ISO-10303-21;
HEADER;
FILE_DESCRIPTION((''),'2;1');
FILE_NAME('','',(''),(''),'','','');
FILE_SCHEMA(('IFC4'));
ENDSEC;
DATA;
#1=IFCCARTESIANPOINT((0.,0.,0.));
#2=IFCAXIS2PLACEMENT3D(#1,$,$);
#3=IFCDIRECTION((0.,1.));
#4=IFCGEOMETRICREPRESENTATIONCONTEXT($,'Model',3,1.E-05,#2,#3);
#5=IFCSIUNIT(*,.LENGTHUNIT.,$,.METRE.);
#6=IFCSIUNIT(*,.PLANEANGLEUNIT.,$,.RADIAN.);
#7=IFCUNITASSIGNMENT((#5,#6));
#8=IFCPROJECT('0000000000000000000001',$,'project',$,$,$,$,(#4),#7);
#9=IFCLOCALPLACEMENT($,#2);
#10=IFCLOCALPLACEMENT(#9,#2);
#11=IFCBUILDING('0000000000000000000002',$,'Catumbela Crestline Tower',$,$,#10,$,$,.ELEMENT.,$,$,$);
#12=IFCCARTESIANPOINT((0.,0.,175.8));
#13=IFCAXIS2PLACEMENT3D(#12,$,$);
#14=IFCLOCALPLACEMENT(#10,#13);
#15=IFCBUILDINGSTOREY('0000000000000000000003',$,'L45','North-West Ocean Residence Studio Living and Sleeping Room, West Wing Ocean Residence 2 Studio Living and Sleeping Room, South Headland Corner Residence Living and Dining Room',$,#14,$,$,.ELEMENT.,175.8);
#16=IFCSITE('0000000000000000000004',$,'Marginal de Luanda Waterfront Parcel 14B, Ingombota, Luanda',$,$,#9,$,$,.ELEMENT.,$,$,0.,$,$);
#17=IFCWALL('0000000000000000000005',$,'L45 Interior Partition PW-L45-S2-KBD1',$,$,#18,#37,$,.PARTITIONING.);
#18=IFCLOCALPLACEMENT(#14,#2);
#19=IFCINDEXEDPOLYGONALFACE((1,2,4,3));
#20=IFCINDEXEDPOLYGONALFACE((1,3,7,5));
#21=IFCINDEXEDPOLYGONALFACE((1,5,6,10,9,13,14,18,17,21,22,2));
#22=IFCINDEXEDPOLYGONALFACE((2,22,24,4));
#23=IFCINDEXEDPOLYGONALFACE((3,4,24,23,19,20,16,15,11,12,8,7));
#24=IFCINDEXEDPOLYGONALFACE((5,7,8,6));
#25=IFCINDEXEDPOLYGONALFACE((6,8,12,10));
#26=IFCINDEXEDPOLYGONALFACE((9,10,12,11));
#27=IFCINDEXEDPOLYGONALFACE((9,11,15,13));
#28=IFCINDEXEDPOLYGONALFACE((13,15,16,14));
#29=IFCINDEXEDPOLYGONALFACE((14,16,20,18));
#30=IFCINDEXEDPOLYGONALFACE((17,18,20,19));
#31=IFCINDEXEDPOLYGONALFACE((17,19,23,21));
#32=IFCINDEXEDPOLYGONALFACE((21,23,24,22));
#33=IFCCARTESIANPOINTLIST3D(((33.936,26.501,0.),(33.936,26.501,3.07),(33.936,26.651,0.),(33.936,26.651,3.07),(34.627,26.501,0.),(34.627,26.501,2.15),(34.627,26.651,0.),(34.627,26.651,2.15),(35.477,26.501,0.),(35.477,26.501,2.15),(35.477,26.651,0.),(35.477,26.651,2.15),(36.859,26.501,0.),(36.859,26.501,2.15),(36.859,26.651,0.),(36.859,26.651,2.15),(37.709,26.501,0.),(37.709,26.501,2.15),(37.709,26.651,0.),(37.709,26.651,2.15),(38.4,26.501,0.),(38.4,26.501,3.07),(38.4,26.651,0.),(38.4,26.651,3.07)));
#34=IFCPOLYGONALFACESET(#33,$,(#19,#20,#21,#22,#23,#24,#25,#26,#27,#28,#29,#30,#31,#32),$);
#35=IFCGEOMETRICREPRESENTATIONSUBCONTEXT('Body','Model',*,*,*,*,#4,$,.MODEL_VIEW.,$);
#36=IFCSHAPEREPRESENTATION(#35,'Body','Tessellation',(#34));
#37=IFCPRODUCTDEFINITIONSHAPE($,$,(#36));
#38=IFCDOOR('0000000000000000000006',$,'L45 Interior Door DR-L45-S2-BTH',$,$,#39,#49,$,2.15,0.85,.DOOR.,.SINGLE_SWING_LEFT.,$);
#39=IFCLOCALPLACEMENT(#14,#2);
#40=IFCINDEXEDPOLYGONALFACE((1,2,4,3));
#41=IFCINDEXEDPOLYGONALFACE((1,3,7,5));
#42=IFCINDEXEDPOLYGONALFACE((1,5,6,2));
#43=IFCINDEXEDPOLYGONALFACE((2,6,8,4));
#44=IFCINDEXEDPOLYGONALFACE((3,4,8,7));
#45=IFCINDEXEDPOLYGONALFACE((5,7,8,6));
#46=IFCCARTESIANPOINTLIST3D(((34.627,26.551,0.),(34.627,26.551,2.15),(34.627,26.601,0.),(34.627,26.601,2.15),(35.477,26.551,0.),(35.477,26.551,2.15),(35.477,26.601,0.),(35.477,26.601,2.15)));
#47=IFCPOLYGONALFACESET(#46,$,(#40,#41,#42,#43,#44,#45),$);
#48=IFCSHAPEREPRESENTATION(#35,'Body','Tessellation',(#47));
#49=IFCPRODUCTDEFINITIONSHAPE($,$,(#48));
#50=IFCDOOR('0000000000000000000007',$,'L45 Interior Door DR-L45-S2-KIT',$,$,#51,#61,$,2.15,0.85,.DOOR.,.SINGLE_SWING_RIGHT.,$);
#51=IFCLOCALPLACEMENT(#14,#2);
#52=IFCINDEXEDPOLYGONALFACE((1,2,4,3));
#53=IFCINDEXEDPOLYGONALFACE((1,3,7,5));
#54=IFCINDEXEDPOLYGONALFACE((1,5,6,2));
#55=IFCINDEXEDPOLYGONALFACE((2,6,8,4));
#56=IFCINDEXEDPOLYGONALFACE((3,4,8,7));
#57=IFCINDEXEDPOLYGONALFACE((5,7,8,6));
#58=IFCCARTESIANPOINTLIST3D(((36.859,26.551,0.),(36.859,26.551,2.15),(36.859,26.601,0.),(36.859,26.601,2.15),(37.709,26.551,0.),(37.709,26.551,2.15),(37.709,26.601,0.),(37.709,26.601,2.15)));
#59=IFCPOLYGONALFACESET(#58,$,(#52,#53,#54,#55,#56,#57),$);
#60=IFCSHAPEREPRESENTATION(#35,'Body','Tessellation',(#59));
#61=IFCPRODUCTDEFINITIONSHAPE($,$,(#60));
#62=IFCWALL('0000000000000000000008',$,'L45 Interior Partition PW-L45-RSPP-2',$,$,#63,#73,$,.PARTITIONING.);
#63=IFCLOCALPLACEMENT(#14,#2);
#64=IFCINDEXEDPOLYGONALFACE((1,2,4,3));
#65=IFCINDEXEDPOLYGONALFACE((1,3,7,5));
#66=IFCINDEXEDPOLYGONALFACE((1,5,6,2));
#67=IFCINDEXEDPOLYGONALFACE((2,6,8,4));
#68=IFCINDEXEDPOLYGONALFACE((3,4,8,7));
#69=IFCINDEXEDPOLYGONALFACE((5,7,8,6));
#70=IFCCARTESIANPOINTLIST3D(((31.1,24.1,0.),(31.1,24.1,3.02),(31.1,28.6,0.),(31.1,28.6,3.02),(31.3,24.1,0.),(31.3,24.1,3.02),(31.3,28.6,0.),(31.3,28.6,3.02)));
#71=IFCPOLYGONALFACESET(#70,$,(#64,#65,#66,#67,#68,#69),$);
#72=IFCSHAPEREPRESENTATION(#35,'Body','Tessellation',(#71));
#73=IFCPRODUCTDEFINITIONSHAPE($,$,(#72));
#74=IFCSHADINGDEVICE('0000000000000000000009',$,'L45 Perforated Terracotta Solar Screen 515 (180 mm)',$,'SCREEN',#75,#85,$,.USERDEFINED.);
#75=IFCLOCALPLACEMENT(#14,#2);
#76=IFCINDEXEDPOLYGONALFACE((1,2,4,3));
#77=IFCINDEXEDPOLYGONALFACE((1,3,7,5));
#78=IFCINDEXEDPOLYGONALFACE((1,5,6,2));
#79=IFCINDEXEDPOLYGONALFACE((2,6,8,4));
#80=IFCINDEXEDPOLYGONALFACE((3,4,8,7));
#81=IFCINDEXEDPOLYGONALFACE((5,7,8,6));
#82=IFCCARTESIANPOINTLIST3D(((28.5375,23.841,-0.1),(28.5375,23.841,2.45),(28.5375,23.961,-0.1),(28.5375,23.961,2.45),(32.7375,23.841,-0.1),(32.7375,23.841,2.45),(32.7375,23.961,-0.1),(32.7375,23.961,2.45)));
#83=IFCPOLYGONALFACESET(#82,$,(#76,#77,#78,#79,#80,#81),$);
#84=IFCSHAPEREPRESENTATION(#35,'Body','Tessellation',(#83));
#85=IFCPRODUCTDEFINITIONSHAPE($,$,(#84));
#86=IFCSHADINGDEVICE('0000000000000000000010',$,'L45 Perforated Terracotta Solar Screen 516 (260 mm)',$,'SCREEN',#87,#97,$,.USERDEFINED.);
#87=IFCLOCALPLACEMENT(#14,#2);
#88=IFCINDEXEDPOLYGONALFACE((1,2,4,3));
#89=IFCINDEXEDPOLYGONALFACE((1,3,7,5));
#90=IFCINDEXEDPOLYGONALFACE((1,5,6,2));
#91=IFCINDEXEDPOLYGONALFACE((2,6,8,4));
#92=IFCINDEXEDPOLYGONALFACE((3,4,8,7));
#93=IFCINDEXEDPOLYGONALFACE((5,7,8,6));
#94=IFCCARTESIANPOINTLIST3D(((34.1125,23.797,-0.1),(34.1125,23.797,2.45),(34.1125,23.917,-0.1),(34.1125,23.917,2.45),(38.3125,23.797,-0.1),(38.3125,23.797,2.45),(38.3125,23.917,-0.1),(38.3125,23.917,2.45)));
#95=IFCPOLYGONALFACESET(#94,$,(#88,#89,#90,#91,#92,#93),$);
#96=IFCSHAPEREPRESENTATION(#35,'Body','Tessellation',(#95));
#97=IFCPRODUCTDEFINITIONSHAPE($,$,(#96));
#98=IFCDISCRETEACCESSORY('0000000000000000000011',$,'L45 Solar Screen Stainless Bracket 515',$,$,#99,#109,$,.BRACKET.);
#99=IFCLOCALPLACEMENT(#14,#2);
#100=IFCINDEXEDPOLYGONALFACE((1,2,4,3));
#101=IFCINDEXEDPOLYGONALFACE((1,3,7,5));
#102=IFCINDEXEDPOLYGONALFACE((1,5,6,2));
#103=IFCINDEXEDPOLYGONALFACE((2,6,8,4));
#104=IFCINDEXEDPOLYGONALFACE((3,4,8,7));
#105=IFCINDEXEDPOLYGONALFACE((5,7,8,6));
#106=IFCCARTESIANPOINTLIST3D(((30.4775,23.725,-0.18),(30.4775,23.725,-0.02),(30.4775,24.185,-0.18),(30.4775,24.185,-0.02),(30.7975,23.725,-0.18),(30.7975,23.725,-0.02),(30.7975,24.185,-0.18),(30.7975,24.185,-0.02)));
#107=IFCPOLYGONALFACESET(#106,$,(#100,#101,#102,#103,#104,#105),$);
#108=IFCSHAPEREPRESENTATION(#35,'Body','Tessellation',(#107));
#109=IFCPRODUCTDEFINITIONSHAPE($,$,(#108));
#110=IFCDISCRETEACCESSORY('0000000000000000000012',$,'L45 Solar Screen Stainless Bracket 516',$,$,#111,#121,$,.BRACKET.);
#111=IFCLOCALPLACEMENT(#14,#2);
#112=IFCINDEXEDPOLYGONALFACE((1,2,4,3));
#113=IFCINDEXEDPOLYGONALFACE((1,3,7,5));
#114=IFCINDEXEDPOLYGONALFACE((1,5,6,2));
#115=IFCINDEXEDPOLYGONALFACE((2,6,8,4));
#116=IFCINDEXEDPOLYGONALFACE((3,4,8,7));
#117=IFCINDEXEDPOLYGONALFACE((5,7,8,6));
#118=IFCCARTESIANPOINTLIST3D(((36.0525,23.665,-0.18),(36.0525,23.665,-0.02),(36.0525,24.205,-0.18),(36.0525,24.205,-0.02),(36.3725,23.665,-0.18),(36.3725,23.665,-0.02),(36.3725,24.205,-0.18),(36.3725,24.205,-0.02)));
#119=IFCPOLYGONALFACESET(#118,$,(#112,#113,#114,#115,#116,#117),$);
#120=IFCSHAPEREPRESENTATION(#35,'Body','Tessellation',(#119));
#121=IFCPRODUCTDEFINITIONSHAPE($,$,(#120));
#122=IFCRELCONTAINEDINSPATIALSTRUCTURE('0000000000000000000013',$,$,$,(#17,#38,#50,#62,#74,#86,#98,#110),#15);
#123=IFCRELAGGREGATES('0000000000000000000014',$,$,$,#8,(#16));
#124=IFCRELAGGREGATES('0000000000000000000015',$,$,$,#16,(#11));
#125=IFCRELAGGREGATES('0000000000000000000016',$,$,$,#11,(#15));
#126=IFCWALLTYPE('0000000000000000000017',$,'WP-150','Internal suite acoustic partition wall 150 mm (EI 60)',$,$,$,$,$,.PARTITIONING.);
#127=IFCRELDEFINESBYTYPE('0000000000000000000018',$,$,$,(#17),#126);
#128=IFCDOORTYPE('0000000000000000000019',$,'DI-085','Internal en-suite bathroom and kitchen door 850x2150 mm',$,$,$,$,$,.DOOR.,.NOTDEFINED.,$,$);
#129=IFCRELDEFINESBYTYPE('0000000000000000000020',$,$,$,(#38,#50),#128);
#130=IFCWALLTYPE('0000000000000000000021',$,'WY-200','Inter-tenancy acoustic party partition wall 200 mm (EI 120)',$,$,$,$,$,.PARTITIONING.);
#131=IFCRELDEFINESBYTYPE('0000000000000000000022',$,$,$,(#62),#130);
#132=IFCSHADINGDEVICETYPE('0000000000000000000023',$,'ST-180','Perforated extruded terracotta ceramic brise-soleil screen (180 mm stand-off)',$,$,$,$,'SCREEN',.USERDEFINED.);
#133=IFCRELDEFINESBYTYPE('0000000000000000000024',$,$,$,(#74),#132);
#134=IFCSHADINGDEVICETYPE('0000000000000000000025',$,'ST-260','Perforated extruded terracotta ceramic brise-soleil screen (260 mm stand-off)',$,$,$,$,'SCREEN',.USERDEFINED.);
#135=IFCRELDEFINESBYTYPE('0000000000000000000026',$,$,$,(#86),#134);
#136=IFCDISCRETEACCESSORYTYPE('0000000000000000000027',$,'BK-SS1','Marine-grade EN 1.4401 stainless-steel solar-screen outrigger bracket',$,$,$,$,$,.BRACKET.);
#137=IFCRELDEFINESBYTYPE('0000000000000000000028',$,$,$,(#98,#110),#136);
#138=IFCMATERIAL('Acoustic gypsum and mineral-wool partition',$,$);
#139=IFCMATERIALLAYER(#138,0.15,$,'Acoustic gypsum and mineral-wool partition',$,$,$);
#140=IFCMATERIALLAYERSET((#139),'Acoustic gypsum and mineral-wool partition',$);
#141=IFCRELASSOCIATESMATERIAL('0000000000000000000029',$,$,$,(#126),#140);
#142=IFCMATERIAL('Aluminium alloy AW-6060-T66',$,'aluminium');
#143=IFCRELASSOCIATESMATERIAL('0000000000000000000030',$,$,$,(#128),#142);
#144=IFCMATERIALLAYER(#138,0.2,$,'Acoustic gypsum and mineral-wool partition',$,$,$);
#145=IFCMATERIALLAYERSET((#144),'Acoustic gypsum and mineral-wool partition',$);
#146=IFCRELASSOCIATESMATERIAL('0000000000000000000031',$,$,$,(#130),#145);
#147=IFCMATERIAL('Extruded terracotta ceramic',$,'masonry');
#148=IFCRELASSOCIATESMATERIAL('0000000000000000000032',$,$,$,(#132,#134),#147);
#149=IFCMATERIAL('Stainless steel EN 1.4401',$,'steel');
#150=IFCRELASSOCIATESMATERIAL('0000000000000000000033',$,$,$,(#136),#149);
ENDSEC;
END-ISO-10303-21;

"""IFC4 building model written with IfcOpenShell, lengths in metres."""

from ifc_helpers import new_model, si_unit, direction, frame, frame_2d, origin, origin_2d, place, context, subcontext, project, spatial, rectangle, extrude, material, layer, layer_set, type_object, element, fill, save


model = new_model("IFC4")

# Units and contexts
model_context = context("Model", 3, precision=1e-05, world=origin(), true_north=direction((0.0, 1.0)))
body_context = subcontext(model_context, "Body", "Model", "MODEL_VIEW")
ifc_project = project(units=[si_unit("LENGTHUNIT", "METRE"), si_unit("PLANEANGLEUNIT", "RADIAN")], contexts=[model_context])

# Site, building, storey
site_placement = place(None, origin())
site = spatial("IfcSite", under=ifc_project, at=site_placement, Name="Marginal de Luanda Waterfront Parcel 14B, Ingombota, Luanda", CompositionType="ELEMENT", RefElevation=0.0)
building_placement = place(site_placement, origin())
building = spatial("IfcBuilding", under=site, at=building_placement, Name="Catumbela Crestline Tower", CompositionType="ELEMENT")
storey_placement = place(building_placement, frame((0.0, 0.0, 175.8)))
storey = spatial("IfcBuildingStorey", under=building, at=storey_placement, Name="L45", Description="North-West Ocean Residence Studio Living and Sleeping Room, West Wing Ocean Residence 2 Studio Living and Sleeping Room, South Headland Corner Residence Living and Dining Room", CompositionType="ELEMENT", Elevation=175.8)

# Shared definitions
ifc_material_1 = material(Name="Aluminium alloy AW-6060-T66", Category="aluminium")

# Shared definitions
ifc_material_2 = material(Name="Acoustic gypsum and mineral-wool partition")
ifc_layer_1 = layer(ifc_material_2, 0.15, Name="Acoustic gypsum and mineral-wool partition")
ifc_layer_set_1 = layer_set([ifc_layer_1], Name="Acoustic gypsum and mineral-wool partition")
wall_type_1 = type_object("IfcWallType", Name="WP-150", Description="Internal suite acoustic partition wall 150 mm (EI 60)", PredefinedType="PARTITIONING", material=ifc_layer_set_1)

# Wall, openings, doors
wall_1_placement = place(storey_placement, frame((33.936, 26.576, 0.0), z_axis=(0.0, 0.0, 1.0), x_axis=(1.0, 0.0, 0.0)))
wall_1 = element("IfcWall", 1, at=wall_1_placement, inside=storey, type_object=wall_type_1, Name="L45 Interior Partition PW-L45-S2-KBD1", PredefinedType="PARTITIONING", context=body_context, shape_type="SweptSolid", body=[
    extrude(rectangle(XDim=4.464, YDim=0.15, at=frame_2d((2.232, 0.0))), origin(), (0.0, 0.0, 1.0), 3.07),
])
opening_1_placement = place(wall_1_placement, frame((0.691, 0.0, 0.0)))
opening_1 = element("IfcOpeningElement", 2, at=opening_1_placement, cuts=wall_1, PredefinedType="OPENING", context=body_context, shape_type="SweptSolid", body=[
    extrude(rectangle(XDim=0.85, YDim=2.15, at=frame_2d((0.425, 1.075))), frame((0.0, 0.085, 0.0), z_axis=(0.0, -1.0, 0.0), x_axis=(1.0, 0.0, 0.0)), (0.0, 0.0, 1.0), 0.17),
])
opening_2_placement = place(wall_1_placement, frame((2.923, 0.0, 0.0)))
opening_2 = element("IfcOpeningElement", 3, at=opening_2_placement, cuts=wall_1, PredefinedType="OPENING", context=body_context, shape_type="SweptSolid", body=[
    extrude(rectangle(XDim=0.85, YDim=2.15, at=frame_2d((0.425, 1.075))), frame((0.0, 0.085, 0.0), z_axis=(0.0, -1.0, 0.0), x_axis=(1.0, 0.0, 0.0)), (0.0, 0.0, 1.0), 0.17),
])
door_type = type_object("IfcDoorType", Name="DI-085", Description="Internal en-suite bathroom and kitchen door 850x2150 mm", OperationType="NOTDEFINED", PredefinedType="DOOR", material=ifc_material_1)
door_1_placement = place(opening_1_placement, origin())
door_1 = element("IfcDoor", 4, at=door_1_placement, inside=storey, type_object=door_type, Name="L45 Interior Door DR-L45-S2-BTH", OperationType="SINGLE_SWING_LEFT", OverallHeight=2.15, OverallWidth=0.85, PredefinedType="DOOR", context=body_context, shape_type="SweptSolid", body=[
    extrude(rectangle(XDim=0.85, YDim=2.15, at=frame_2d((0.425, 1.075))), frame((0.0, 0.025, 0.0), z_axis=(0.0, -1.0, 0.0), x_axis=(1.0, 0.0, 0.0)), (0.0, 0.0, 1.0), 0.05),
])
fill(opening_1, door_1)
door_2_placement = place(opening_2_placement, origin())
door_2 = element("IfcDoor", 5, at=door_2_placement, inside=storey, type_object=door_type, Name="L45 Interior Door DR-L45-S2-KIT", OperationType="SINGLE_SWING_RIGHT", OverallHeight=2.15, OverallWidth=0.85, PredefinedType="DOOR", context=body_context, shape_type="SweptSolid", body=[
    extrude(rectangle(XDim=0.85, YDim=2.15, at=frame_2d((0.425, 1.075))), frame((0.0, 0.025, 0.0), z_axis=(0.0, -1.0, 0.0), x_axis=(1.0, 0.0, 0.0)), (0.0, 0.0, 1.0), 0.05),
])
fill(opening_2, door_2)

# Wall
ifc_layer_2 = layer(ifc_material_2, 0.2, Name="Acoustic gypsum and mineral-wool partition")
ifc_layer_set_2 = layer_set([ifc_layer_2], Name="Acoustic gypsum and mineral-wool partition")
wall_type_2 = type_object("IfcWallType", Name="WY-200", Description="Inter-tenancy acoustic party partition wall 200 mm (EI 120)", PredefinedType="PARTITIONING", material=ifc_layer_set_2)
wall_2_placement = place(storey_placement, frame((31.2, 24.1, 0.0), z_axis=(0.0, 0.0, 1.0), x_axis=(0.0, 1.0, 0.0)))
element("IfcWall", 6, at=wall_2_placement, inside=storey, type_object=wall_type_2, Name="L45 Interior Partition PW-L45-RSPP-2", PredefinedType="PARTITIONING", context=body_context, shape_type="SweptSolid", body=[
    extrude(rectangle(XDim=4.5, YDim=0.2, at=frame_2d((2.25, 0.0))), origin(), (0.0, 0.0, 1.0), 3.02),
])

# Shading devices
ifc_material_3 = material(Name="Extruded terracotta ceramic", Category="masonry")
shading_device_type_1 = type_object("IfcShadingDeviceType", Name="ST-180", Description="Perforated extruded terracotta ceramic brise-soleil screen (180 mm stand-off)", ElementType="SCREEN", PredefinedType="USERDEFINED", material=ifc_material_3)
shading_device_1_placement = place(storey_placement, frame((30.6375, 23.901, -0.1), z_axis=(0.0, 0.0, 1.0), x_axis=(1.0, 0.0, 0.0)))
element("IfcShadingDevice", 7, at=shading_device_1_placement, inside=storey, type_object=shading_device_type_1, Name="L45 Perforated Terracotta Solar Screen 515 (180 mm)", ObjectType="SCREEN", PredefinedType="USERDEFINED", context=body_context, shape_type="SweptSolid", body=[
    extrude(rectangle(XDim=4.2, YDim=0.12, at=origin_2d()), origin(), (0.0, 0.0, 1.0), 2.55),
])
shading_device_type_2 = type_object("IfcShadingDeviceType", Name="ST-260", Description="Perforated extruded terracotta ceramic brise-soleil screen (260 mm stand-off)", ElementType="SCREEN", PredefinedType="USERDEFINED", material=ifc_material_3)
shading_device_2_placement = place(storey_placement, frame((36.2125, 23.857, -0.1), z_axis=(0.0, 0.0, 1.0), x_axis=(1.0, 0.0, 0.0)))
element("IfcShadingDevice", 8, at=shading_device_2_placement, inside=storey, type_object=shading_device_type_2, Name="L45 Perforated Terracotta Solar Screen 516 (260 mm)", ObjectType="SCREEN", PredefinedType="USERDEFINED", context=body_context, shape_type="SweptSolid", body=[
    extrude(rectangle(XDim=4.2, YDim=0.12, at=origin_2d()), origin(), (0.0, 0.0, 1.0), 2.55),
])

# Discrete accessories
ifc_material_4 = material(Name="Stainless steel EN 1.4401", Category="steel")
discrete_accessory_type = type_object("IfcDiscreteAccessoryType", Name="BK-SS1", Description="Marine-grade EN 1.4401 stainless-steel solar-screen outrigger bracket", PredefinedType="BRACKET", material=ifc_material_4)
discrete_accessory_1_placement = place(storey_placement, frame((30.6375, 23.955, -0.18), z_axis=(0.0, 0.0, 1.0), x_axis=(1.0, 0.0, 0.0)))
element("IfcDiscreteAccessory", 9, at=discrete_accessory_1_placement, inside=storey, type_object=discrete_accessory_type, Name="L45 Solar Screen Stainless Bracket 515", PredefinedType="BRACKET", context=body_context, shape_type="SweptSolid", body=[
    extrude(rectangle(XDim=0.32, YDim=0.46, at=origin_2d()), origin(), (0.0, 0.0, 1.0), 0.16),
])
discrete_accessory_2_placement = place(storey_placement, frame((36.2125, 23.935, -0.18), z_axis=(0.0, 0.0, 1.0), x_axis=(1.0, 0.0, 0.0)))
element("IfcDiscreteAccessory", 10, at=discrete_accessory_2_placement, inside=storey, type_object=discrete_accessory_type, Name="L45 Solar Screen Stainless Bracket 516", PredefinedType="BRACKET", context=body_context, shape_type="SweptSolid", body=[
    extrude(rectangle(XDim=0.32, YDim=0.54, at=origin_2d()), origin(), (0.0, 0.0, 1.0), 0.16),
])

save(model, "model.ifc")
